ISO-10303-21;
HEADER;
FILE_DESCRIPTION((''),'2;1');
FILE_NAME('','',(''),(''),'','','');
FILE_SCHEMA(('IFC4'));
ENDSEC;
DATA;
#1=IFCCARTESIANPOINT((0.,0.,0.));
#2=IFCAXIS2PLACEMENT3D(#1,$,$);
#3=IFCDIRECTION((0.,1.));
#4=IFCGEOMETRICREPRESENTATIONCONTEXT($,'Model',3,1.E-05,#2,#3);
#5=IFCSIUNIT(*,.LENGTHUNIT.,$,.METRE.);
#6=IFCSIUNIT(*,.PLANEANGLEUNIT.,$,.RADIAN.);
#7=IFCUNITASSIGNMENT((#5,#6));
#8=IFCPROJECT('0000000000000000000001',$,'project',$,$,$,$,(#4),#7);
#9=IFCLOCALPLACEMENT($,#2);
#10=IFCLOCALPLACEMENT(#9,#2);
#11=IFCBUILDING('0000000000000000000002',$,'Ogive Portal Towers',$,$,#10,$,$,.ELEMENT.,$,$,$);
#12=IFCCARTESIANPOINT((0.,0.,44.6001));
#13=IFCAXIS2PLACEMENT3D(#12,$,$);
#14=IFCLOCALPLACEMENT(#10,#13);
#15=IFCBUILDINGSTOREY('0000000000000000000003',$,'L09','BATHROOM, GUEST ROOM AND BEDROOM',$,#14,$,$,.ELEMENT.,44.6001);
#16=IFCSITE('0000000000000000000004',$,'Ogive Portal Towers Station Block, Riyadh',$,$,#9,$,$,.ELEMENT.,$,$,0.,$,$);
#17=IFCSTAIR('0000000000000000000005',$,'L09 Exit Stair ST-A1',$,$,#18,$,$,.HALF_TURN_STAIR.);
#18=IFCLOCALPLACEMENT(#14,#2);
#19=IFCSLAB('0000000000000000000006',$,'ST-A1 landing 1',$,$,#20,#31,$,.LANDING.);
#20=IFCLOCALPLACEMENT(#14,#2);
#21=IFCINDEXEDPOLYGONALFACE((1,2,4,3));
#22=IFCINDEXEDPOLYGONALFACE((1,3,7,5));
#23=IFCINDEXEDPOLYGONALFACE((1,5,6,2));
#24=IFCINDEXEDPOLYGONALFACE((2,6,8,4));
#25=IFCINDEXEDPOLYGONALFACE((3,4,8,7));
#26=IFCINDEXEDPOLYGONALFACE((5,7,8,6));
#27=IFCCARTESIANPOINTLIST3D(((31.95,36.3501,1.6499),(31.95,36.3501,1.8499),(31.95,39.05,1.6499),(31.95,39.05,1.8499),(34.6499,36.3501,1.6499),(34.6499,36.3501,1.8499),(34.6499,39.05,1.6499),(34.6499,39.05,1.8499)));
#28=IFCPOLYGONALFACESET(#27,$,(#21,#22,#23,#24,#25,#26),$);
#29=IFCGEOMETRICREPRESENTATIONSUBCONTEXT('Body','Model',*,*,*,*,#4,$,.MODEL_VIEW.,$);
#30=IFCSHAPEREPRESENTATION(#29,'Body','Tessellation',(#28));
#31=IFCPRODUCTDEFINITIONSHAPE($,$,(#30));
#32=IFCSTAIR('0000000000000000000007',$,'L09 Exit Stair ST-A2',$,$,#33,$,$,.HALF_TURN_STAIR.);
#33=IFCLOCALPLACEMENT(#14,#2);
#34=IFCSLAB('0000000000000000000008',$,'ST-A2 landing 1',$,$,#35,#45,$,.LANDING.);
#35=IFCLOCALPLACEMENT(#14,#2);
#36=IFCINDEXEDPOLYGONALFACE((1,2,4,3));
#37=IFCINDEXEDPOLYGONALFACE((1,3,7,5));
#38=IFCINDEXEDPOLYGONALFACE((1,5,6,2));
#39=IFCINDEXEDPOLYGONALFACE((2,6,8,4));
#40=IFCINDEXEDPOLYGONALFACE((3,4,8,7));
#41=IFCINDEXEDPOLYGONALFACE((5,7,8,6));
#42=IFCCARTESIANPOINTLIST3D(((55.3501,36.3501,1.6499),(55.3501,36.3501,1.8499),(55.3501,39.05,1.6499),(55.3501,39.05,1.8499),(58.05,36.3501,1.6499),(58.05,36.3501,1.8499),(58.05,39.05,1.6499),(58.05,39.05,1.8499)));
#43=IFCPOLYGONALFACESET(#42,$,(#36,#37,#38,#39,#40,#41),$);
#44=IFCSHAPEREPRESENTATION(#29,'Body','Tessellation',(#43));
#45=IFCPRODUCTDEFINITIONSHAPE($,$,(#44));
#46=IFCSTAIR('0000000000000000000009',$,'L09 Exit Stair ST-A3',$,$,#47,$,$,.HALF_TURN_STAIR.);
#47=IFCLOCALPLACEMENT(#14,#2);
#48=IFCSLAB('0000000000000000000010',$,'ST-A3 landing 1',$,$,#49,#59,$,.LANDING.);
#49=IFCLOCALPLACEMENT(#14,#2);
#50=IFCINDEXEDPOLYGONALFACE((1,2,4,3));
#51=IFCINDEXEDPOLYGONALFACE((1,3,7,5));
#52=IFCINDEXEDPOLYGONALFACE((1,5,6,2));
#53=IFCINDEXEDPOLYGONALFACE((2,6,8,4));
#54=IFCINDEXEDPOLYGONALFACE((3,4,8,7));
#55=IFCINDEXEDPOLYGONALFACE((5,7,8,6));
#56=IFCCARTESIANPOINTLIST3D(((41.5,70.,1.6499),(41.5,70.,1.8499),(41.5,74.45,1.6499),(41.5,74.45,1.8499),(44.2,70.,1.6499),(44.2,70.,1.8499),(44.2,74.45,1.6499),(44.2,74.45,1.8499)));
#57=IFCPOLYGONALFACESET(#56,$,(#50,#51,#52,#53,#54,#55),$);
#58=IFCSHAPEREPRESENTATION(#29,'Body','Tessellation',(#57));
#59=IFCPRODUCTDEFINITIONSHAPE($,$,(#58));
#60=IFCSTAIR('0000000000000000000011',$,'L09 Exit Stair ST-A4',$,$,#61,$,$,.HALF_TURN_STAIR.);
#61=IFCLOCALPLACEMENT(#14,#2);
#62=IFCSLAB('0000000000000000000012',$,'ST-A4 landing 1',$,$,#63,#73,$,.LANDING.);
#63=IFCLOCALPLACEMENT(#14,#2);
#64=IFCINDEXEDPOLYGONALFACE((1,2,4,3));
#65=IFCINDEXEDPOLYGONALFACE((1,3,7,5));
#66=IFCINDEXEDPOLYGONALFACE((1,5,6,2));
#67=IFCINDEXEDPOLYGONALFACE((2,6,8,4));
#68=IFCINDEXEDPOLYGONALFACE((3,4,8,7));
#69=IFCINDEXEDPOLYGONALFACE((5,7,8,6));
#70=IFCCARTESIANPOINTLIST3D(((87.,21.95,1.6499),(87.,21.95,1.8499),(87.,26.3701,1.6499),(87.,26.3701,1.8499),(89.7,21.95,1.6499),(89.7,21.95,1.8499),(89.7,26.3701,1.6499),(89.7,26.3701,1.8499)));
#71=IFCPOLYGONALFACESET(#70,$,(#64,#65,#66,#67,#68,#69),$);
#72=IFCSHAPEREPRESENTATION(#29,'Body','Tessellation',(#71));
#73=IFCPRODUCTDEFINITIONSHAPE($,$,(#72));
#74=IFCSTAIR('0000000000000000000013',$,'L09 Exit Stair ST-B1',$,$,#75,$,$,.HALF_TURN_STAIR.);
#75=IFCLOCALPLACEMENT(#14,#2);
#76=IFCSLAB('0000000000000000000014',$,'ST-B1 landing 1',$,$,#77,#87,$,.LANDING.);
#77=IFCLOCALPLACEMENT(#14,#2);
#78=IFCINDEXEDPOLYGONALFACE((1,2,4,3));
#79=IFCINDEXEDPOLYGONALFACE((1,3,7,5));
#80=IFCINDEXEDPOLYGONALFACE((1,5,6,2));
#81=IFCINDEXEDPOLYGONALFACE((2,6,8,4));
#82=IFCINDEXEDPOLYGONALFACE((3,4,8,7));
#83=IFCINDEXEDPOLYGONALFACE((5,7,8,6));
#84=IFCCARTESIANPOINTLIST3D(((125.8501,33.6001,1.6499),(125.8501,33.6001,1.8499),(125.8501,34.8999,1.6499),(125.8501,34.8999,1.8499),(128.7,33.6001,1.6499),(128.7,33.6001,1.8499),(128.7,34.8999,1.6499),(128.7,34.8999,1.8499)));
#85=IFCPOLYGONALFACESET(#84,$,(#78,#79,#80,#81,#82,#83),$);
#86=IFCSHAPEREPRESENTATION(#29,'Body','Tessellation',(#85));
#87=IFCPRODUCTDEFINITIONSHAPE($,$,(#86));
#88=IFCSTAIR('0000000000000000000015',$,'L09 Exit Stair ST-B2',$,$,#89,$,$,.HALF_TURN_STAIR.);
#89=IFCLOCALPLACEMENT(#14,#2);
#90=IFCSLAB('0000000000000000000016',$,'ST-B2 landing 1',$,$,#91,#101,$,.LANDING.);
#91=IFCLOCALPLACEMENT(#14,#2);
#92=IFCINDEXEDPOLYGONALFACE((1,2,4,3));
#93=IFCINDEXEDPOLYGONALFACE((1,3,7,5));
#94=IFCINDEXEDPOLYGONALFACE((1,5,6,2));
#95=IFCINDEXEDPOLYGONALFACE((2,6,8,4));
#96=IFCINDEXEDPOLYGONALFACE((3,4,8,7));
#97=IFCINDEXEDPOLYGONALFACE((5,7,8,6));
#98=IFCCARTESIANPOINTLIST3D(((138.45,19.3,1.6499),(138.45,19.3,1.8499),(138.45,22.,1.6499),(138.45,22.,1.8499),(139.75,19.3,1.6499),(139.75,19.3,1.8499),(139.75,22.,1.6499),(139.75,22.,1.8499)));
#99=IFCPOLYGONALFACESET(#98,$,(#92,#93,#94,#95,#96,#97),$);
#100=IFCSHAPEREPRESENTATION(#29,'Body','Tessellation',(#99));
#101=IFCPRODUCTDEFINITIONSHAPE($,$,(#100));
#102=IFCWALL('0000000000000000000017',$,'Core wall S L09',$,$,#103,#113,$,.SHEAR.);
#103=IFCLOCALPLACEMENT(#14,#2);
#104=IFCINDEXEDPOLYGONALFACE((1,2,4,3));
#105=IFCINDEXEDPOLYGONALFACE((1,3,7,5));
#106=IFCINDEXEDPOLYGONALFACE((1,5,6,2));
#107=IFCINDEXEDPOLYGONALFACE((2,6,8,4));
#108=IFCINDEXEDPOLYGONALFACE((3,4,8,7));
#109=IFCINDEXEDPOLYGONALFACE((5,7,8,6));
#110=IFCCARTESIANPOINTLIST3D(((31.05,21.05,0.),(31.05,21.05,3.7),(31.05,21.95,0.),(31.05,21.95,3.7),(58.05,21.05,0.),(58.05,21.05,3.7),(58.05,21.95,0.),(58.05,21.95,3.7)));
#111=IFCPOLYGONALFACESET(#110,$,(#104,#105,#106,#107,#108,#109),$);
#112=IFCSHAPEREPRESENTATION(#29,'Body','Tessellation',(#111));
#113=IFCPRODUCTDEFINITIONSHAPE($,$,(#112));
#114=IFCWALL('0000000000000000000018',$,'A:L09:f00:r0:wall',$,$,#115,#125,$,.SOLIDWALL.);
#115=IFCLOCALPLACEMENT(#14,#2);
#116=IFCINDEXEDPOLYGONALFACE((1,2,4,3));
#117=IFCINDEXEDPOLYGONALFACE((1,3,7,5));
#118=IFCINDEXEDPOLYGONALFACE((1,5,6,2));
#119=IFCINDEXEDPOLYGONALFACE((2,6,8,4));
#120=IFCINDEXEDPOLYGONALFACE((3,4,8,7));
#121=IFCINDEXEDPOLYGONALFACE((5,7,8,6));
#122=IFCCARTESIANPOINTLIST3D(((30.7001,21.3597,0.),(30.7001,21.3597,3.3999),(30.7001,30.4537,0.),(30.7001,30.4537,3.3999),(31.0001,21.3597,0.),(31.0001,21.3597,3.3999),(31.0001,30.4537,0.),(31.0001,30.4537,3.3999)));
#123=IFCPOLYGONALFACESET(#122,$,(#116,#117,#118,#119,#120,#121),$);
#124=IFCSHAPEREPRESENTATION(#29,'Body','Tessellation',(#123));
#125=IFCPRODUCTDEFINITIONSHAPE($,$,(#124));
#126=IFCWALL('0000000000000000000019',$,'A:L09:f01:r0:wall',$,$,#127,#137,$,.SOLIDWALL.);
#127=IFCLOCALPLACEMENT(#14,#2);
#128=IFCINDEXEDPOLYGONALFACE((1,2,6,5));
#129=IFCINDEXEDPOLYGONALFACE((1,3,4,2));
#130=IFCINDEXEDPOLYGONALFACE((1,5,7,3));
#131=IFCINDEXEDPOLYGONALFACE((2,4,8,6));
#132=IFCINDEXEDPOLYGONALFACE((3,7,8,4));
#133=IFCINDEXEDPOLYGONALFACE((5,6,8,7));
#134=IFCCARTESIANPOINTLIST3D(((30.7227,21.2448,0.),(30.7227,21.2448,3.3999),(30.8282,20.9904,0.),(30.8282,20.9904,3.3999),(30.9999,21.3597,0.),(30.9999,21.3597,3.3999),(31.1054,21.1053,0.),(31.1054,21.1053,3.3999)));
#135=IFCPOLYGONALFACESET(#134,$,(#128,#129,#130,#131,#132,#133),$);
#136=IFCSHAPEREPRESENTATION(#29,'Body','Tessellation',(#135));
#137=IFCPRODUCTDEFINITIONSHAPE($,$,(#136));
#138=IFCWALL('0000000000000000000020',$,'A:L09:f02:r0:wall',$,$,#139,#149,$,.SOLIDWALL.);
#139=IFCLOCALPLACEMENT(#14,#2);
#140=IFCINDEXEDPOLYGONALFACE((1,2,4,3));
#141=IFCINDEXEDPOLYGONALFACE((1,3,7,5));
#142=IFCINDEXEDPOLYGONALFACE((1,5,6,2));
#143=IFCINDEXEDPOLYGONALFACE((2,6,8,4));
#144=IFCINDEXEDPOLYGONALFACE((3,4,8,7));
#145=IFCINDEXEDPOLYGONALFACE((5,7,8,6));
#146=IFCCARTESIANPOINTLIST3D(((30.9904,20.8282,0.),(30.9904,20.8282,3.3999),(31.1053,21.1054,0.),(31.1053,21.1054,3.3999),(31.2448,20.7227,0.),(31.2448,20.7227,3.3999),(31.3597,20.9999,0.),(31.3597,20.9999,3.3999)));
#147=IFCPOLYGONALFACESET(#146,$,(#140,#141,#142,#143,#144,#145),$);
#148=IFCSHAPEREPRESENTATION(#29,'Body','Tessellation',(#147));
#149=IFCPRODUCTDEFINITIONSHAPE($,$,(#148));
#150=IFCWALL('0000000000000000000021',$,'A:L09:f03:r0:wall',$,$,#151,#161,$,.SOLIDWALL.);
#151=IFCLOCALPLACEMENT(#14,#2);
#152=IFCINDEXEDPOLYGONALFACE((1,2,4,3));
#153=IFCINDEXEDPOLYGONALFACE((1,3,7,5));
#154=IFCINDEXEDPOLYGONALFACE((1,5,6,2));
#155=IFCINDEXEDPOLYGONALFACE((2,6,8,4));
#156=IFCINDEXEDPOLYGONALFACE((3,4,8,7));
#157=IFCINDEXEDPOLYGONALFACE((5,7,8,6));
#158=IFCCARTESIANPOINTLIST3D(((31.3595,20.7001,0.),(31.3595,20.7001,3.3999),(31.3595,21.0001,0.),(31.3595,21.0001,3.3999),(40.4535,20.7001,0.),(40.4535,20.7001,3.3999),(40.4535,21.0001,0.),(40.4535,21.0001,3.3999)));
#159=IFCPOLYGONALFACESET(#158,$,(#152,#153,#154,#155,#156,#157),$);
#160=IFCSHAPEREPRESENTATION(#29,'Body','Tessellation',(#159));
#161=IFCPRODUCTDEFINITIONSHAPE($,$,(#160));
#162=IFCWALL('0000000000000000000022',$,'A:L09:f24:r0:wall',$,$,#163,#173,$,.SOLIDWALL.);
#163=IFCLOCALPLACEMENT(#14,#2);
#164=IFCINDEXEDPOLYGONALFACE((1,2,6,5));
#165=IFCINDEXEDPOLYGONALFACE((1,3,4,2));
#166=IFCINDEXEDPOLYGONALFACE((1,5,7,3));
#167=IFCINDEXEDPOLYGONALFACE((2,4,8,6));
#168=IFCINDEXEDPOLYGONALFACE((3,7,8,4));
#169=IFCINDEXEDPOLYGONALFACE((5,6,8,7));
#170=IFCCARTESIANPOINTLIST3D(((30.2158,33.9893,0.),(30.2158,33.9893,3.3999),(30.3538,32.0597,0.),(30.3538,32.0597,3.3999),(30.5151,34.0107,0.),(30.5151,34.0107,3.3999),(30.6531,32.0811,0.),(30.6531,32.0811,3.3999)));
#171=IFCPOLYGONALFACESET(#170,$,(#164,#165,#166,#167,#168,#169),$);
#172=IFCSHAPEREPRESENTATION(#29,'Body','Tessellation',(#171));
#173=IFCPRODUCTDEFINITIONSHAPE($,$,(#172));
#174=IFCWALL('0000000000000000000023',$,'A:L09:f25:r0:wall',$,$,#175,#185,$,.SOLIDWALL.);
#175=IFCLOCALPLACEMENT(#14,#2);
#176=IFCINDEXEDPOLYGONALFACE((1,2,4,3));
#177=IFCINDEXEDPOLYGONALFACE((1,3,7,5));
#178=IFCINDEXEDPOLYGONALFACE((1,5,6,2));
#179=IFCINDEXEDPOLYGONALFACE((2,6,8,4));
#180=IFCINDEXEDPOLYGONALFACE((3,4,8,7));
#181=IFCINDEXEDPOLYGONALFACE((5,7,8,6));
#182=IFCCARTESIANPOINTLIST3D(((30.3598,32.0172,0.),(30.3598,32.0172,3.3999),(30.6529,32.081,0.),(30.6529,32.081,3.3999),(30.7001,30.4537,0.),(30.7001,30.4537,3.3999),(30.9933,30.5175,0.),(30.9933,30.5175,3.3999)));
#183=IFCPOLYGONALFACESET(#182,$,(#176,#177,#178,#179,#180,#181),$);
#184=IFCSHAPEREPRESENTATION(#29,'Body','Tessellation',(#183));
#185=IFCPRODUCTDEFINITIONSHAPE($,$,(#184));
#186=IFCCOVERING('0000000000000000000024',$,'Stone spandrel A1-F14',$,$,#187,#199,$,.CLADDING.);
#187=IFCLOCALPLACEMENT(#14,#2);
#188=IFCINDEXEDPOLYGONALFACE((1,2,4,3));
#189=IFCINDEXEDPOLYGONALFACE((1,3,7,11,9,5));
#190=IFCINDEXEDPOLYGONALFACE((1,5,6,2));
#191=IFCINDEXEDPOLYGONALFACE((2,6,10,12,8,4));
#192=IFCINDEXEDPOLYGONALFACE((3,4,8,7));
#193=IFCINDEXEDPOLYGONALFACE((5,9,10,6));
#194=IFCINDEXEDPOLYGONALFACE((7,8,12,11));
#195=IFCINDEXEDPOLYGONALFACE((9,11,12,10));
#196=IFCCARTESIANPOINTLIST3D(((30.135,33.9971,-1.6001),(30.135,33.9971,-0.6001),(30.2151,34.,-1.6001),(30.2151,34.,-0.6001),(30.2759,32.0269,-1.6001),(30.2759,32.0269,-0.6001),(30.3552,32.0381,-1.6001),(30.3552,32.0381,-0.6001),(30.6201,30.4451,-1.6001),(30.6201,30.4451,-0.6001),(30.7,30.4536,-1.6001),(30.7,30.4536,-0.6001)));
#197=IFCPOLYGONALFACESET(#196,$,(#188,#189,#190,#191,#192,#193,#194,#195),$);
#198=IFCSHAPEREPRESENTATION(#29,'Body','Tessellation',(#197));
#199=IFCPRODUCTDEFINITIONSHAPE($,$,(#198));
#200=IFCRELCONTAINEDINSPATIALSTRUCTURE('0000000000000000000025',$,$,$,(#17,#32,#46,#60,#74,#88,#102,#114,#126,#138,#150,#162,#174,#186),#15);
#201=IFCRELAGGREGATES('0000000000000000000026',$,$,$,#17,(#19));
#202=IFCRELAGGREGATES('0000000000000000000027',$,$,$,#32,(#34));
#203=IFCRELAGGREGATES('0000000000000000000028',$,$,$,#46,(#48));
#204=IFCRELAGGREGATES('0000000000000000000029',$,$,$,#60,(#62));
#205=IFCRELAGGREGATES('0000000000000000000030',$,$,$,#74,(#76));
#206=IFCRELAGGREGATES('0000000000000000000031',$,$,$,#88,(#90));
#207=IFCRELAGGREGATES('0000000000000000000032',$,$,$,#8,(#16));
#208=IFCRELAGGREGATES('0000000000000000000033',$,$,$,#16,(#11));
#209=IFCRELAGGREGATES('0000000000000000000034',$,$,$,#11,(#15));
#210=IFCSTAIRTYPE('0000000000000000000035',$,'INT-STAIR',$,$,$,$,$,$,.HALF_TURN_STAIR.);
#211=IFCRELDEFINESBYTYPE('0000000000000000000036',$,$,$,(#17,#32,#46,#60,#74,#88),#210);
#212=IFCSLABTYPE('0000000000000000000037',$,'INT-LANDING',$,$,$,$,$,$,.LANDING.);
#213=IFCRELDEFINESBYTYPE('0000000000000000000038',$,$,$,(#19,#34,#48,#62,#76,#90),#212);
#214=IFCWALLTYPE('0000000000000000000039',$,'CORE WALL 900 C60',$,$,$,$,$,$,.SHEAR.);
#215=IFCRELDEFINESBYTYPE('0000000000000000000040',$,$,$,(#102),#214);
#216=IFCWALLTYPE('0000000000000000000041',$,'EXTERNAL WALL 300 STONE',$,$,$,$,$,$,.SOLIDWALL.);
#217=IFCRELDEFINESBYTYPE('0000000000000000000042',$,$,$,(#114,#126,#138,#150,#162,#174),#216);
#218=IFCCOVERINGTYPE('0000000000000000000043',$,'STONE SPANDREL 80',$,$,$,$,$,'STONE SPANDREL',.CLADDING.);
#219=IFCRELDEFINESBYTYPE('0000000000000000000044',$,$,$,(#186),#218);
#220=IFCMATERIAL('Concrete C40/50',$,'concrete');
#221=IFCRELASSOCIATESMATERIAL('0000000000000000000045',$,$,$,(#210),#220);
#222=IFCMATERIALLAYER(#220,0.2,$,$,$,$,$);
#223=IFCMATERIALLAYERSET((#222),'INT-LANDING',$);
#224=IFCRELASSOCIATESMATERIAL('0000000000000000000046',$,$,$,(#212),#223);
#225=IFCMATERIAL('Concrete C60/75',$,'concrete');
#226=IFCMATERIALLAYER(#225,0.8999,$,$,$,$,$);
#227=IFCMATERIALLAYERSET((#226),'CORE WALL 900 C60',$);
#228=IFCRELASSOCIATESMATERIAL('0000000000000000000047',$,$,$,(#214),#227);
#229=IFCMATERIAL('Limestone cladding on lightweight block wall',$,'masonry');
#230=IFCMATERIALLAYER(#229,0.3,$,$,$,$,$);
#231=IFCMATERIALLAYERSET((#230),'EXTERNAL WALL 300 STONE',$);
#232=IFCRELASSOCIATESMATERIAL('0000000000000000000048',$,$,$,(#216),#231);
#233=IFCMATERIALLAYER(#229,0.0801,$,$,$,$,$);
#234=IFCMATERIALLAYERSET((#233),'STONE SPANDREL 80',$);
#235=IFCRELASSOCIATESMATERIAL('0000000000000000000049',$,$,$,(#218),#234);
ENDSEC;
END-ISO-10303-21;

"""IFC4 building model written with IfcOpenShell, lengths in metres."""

from ifc_helpers import new_model, si_unit, direction, frame, frame_2d, origin, place, context, subcontext, project, spatial, polyline, rectangle, outline, extrude, material, layer, layer_set, type_object, element, aggregate, save


model = new_model("IFC4")

# Units and contexts
model_context = context("Model", 3, precision=1e-05, world=origin(), true_north=direction((0.0, 1.0)))
body_context = subcontext(model_context, "Body", "Model", "MODEL_VIEW")
ifc_project = project(units=[si_unit("LENGTHUNIT", "METRE"), si_unit("PLANEANGLEUNIT", "RADIAN")], contexts=[model_context])

# Site, building, storey
site_placement = place(None, origin())
site = spatial("IfcSite", under=ifc_project, at=site_placement, Name="Ogive Portal Towers Station Block, Riyadh", CompositionType="ELEMENT", RefElevation=0.0)
building_placement = place(site_placement, origin())
building = spatial("IfcBuilding", under=site, at=building_placement, Name="Ogive Portal Towers", CompositionType="ELEMENT")
storey_placement = place(building_placement, frame((0.0, 0.0, 44.6001)))
storey = spatial("IfcBuildingStorey", under=building, at=storey_placement, Name="L09", Description="BATHROOM, GUEST ROOM AND BEDROOM", CompositionType="ELEMENT", Elevation=44.6001)

# Stairs, slabs
ifc_material_1 = material(Name="Concrete C40/50", Category="concrete")
stair_type = type_object("IfcStairType", Name="INT-STAIR", PredefinedType="HALF_TURN_STAIR", material=ifc_material_1)
stair_1_placement = place(storey_placement, origin())
stair_1 = element("IfcStair", 1, at=stair_1_placement, inside=storey, type_object=stair_type, Name="L09 Exit Stair ST-A1", PredefinedType="HALF_TURN_STAIR")
ifc_layer_1 = layer(ifc_material_1, 0.2)
ifc_layer_set_1 = layer_set([ifc_layer_1], Name="INT-LANDING")
slab_type = type_object("IfcSlabType", Name="INT-LANDING", PredefinedType="LANDING", material=ifc_layer_set_1)
slab_1_placement = place(storey_placement, frame((0.0, 0.0, 1.6499)))
slab_1 = element("IfcSlab", 2, at=slab_1_placement, type_object=slab_type, Name="ST-A1 landing 1", PredefinedType="LANDING", context=body_context, shape_type="SweptSolid", body=[
    extrude(outline(polyline([(34.6499, 39.05), (31.95, 39.05), (31.95, 36.3501), (34.6499, 36.3501), (34.6499, 39.05)])), origin(), (0.0, 0.0, 1.0), 0.2),
])
aggregate(stair_1, [slab_1])
stair_2_placement = place(storey_placement, origin())
stair_2 = element("IfcStair", 3, at=stair_2_placement, inside=storey, type_object=stair_type, Name="L09 Exit Stair ST-A2", PredefinedType="HALF_TURN_STAIR")
slab_2_placement = place(storey_placement, frame((0.0, 0.0, 1.6499)))
slab_2 = element("IfcSlab", 4, at=slab_2_placement, type_object=slab_type, Name="ST-A2 landing 1", PredefinedType="LANDING", context=body_context, shape_type="SweptSolid", body=[
    extrude(outline(polyline([(55.3501, 36.3501), (58.05, 36.3501), (58.05, 39.05), (55.3501, 39.05), (55.3501, 36.3501)])), origin(), (0.0, 0.0, 1.0), 0.2),
])
aggregate(stair_2, [slab_2])
stair_3_placement = place(storey_placement, origin())
stair_3 = element("IfcStair", 5, at=stair_3_placement, inside=storey, type_object=stair_type, Name="L09 Exit Stair ST-A3", PredefinedType="HALF_TURN_STAIR")
slab_3_placement = place(storey_placement, frame((0.0, 0.0, 1.6499)))
slab_3 = element("IfcSlab", 6, at=slab_3_placement, type_object=slab_type, Name="ST-A3 landing 1", PredefinedType="LANDING", context=body_context, shape_type="SweptSolid", body=[
    extrude(outline(polyline([(44.2, 70.0), (44.2, 74.45), (41.5, 74.45), (41.5, 70.0), (44.2, 70.0)])), origin(), (0.0, 0.0, 1.0), 0.2),
])
aggregate(stair_3, [slab_3])
stair_4_placement = place(storey_placement, origin())
stair_4 = element("IfcStair", 7, at=stair_4_placement, inside=storey, type_object=stair_type, Name="L09 Exit Stair ST-A4", PredefinedType="HALF_TURN_STAIR")
slab_4_placement = place(storey_placement, frame((0.0, 0.0, 1.6499)))
slab_4 = element("IfcSlab", 8, at=slab_4_placement, type_object=slab_type, Name="ST-A4 landing 1", PredefinedType="LANDING", context=body_context, shape_type="SweptSolid", body=[
    extrude(outline(polyline([(87.0, 26.3701), (87.0, 21.95), (89.7, 21.95), (89.7, 26.3701), (87.0, 26.3701)])), origin(), (0.0, 0.0, 1.0), 0.2),
])
aggregate(stair_4, [slab_4])
stair_5_placement = place(storey_placement, origin())
stair_5 = element("IfcStair", 9, at=stair_5_placement, inside=storey, type_object=stair_type, Name="L09 Exit Stair ST-B1", PredefinedType="HALF_TURN_STAIR")
slab_5_placement = place(storey_placement, frame((0.0, 0.0, 1.6499)))
slab_5 = element("IfcSlab", 10, at=slab_5_placement, type_object=slab_type, Name="ST-B1 landing 1", PredefinedType="LANDING", context=body_context, shape_type="SweptSolid", body=[
    extrude(outline(polyline([(128.7, 33.6001), (128.7, 34.8999), (125.8501, 34.8999), (125.8501, 33.6001), (128.7, 33.6001)])), origin(), (0.0, 0.0, 1.0), 0.2),
])
aggregate(stair_5, [slab_5])
stair_6_placement = place(storey_placement, origin())
stair_6 = element("IfcStair", 11, at=stair_6_placement, inside=storey, type_object=stair_type, Name="L09 Exit Stair ST-B2", PredefinedType="HALF_TURN_STAIR")
slab_6_placement = place(storey_placement, frame((0.0, 0.0, 1.6499)))
slab_6 = element("IfcSlab", 12, at=slab_6_placement, type_object=slab_type, Name="ST-B2 landing 1", PredefinedType="LANDING", context=body_context, shape_type="SweptSolid", body=[
    extrude(outline(polyline([(139.75, 22.0), (138.45, 22.0), (138.45, 19.3), (139.75, 19.3), (139.75, 22.0)])), origin(), (0.0, 0.0, 1.0), 0.2),
])
aggregate(stair_6, [slab_6])

# Walls
ifc_material_2 = material(Name="Concrete C60/75", Category="concrete")
ifc_layer_2 = layer(ifc_material_2, 0.8999)
ifc_layer_set_2 = layer_set([ifc_layer_2], Name="CORE WALL 900 C60")
wall_type_1 = type_object("IfcWallType", Name="CORE WALL 900 C60", PredefinedType="SHEAR", material=ifc_layer_set_2)
wall_1_placement = place(storey_placement, frame((31.05, 21.5, 0.0), z_axis=(0.0, 0.0, 1.0), x_axis=(1.0, 0.0, 0.0)))
element("IfcWall", 13, at=wall_1_placement, inside=storey, type_object=wall_type_1, Name="Core wall S L09", PredefinedType="SHEAR", context=body_context, shape_type="SweptSolid", body=[
    extrude(rectangle(XDim=27.0, YDim=0.8999, at=frame_2d((13.5, 0.0))), origin(), (0.0, 0.0, 1.0), 3.7),
])
ifc_material_3 = material(Name="Limestone cladding on lightweight block wall", Category="masonry")
ifc_layer_3 = layer(ifc_material_3, 0.3)
ifc_layer_set_3 = layer_set([ifc_layer_3], Name="EXTERNAL WALL 300 STONE")
wall_type_2 = type_object("IfcWallType", Name="EXTERNAL WALL 300 STONE", PredefinedType="SOLIDWALL", material=ifc_layer_set_3)
wall_2_placement = place(storey_placement, frame((30.8501, 30.4536, 0.0), z_axis=(0.0, 0.0, 1.0), x_axis=(0.0, -1.0, 0.0)))
element("IfcWall", 14, at=wall_2_placement, inside=storey, type_object=wall_type_2, Name="A:L09:f00:r0:wall", PredefinedType="SOLIDWALL", context=body_context, shape_type="SweptSolid", body=[
    extrude(rectangle(XDim=9.094, YDim=0.3, at=frame_2d((4.5469, 0.0))), origin(), (0.0, 0.0, 1.0), 3.3999),
])
for number, where, z_axis, x_axis, name in (
    (15, (30.8613, 21.3022, 0.0), (0.0, 0.0, 1.0), (0.382978, -0.923757, 0.0), "A:L09:f01:r0:wall"),
    (16, (31.0479, 20.9668, 0.0), (0.0, 0.0, 1.0), (0.923757, -0.382978, 0.0), "A:L09:f02:r0:wall"),
):
    element("IfcWall", number, at=place(storey_placement, frame(where, z_axis=z_axis, x_axis=x_axis)), inside=storey, type_object=wall_type_2, Name=name, PredefinedType="SOLIDWALL", context=body_context, shape_type="SweptSolid", body=[
        extrude(rectangle(XDim=0.2754, YDim=0.3, at=frame_2d((0.1377, 0.0))), origin(), (0.0, 0.0, 1.0), 3.3999),
    ])
wall_3_placement = place(storey_placement, frame((31.3596, 20.8501, 0.0), z_axis=(0.0, 0.0, 1.0), x_axis=(1.0, 0.0, 0.0)))
element("IfcWall", 17, at=wall_3_placement, inside=storey, type_object=wall_type_2, Name="A:L09:f03:r0:wall", PredefinedType="SOLIDWALL", context=body_context, shape_type="SweptSolid", body=[
    extrude(rectangle(XDim=9.094, YDim=0.3, at=frame_2d((4.5469, 0.0))), origin(), (0.0, 0.0, 1.0), 3.3999),
])
wall_4_placement = place(storey_placement, frame((30.3655, 34.0, 0.0), z_axis=(0.0, 0.0, 1.0), x_axis=(0.071301, -0.997455, 0.0)))
element("IfcWall", 18, at=wall_4_placement, inside=storey, type_object=wall_type_2, Name="A:L09:f24:r0:wall", PredefinedType="SOLIDWALL", context=body_context, shape_type="SweptSolid", body=[
    extrude(rectangle(XDim=1.9346, YDim=0.3, at=frame_2d((0.9673, 0.0))), origin(), (0.0, 0.0, 1.0), 3.3999),
])
wall_5_placement = place(storey_placement, frame((30.5063, 32.0491, 0.0), z_axis=(0.0, 0.0, 1.0), x_axis=(0.212696, -0.977118, 0.0)))
element("IfcWall", 19, at=wall_5_placement, inside=storey, type_object=wall_type_2, Name="A:L09:f25:r0:wall", PredefinedType="SOLIDWALL", context=body_context, shape_type="SweptSolid", body=[
    extrude(rectangle(XDim=1.6001, YDim=0.3, at=frame_2d((0.8, 0.0))), origin(), (0.0, 0.0, 1.0), 3.3999),
])

# Covering
ifc_layer_4 = layer(ifc_material_3, 0.0801)
ifc_layer_set_4 = layer_set([ifc_layer_4], Name="STONE SPANDREL 80")
covering_type_1 = type_object("IfcCoveringType", Name="STONE SPANDREL 80", ElementType="STONE SPANDREL", PredefinedType="CLADDING", material=ifc_layer_set_4)
covering_1_placement = place(storey_placement, frame((0.0, 0.0, -1.6001)))
element("IfcCovering", 20, at=covering_1_placement, inside=storey, type_object=covering_type_1, Name="Stone spandrel A1-F14", PredefinedType="CLADDING", context=body_context, shape_type="SweptSolid", body=[
    extrude(outline(polyline([(30.2151, 34.0), (30.3552, 32.0381), (30.7, 30.4536), (30.6201, 30.4451), (30.2759, 32.0269), (30.135, 33.9971), (30.2151, 34.0)])), origin(), (0.0, 0.0, 1.0), 1.0),
])

save(model, "model.ifc")
